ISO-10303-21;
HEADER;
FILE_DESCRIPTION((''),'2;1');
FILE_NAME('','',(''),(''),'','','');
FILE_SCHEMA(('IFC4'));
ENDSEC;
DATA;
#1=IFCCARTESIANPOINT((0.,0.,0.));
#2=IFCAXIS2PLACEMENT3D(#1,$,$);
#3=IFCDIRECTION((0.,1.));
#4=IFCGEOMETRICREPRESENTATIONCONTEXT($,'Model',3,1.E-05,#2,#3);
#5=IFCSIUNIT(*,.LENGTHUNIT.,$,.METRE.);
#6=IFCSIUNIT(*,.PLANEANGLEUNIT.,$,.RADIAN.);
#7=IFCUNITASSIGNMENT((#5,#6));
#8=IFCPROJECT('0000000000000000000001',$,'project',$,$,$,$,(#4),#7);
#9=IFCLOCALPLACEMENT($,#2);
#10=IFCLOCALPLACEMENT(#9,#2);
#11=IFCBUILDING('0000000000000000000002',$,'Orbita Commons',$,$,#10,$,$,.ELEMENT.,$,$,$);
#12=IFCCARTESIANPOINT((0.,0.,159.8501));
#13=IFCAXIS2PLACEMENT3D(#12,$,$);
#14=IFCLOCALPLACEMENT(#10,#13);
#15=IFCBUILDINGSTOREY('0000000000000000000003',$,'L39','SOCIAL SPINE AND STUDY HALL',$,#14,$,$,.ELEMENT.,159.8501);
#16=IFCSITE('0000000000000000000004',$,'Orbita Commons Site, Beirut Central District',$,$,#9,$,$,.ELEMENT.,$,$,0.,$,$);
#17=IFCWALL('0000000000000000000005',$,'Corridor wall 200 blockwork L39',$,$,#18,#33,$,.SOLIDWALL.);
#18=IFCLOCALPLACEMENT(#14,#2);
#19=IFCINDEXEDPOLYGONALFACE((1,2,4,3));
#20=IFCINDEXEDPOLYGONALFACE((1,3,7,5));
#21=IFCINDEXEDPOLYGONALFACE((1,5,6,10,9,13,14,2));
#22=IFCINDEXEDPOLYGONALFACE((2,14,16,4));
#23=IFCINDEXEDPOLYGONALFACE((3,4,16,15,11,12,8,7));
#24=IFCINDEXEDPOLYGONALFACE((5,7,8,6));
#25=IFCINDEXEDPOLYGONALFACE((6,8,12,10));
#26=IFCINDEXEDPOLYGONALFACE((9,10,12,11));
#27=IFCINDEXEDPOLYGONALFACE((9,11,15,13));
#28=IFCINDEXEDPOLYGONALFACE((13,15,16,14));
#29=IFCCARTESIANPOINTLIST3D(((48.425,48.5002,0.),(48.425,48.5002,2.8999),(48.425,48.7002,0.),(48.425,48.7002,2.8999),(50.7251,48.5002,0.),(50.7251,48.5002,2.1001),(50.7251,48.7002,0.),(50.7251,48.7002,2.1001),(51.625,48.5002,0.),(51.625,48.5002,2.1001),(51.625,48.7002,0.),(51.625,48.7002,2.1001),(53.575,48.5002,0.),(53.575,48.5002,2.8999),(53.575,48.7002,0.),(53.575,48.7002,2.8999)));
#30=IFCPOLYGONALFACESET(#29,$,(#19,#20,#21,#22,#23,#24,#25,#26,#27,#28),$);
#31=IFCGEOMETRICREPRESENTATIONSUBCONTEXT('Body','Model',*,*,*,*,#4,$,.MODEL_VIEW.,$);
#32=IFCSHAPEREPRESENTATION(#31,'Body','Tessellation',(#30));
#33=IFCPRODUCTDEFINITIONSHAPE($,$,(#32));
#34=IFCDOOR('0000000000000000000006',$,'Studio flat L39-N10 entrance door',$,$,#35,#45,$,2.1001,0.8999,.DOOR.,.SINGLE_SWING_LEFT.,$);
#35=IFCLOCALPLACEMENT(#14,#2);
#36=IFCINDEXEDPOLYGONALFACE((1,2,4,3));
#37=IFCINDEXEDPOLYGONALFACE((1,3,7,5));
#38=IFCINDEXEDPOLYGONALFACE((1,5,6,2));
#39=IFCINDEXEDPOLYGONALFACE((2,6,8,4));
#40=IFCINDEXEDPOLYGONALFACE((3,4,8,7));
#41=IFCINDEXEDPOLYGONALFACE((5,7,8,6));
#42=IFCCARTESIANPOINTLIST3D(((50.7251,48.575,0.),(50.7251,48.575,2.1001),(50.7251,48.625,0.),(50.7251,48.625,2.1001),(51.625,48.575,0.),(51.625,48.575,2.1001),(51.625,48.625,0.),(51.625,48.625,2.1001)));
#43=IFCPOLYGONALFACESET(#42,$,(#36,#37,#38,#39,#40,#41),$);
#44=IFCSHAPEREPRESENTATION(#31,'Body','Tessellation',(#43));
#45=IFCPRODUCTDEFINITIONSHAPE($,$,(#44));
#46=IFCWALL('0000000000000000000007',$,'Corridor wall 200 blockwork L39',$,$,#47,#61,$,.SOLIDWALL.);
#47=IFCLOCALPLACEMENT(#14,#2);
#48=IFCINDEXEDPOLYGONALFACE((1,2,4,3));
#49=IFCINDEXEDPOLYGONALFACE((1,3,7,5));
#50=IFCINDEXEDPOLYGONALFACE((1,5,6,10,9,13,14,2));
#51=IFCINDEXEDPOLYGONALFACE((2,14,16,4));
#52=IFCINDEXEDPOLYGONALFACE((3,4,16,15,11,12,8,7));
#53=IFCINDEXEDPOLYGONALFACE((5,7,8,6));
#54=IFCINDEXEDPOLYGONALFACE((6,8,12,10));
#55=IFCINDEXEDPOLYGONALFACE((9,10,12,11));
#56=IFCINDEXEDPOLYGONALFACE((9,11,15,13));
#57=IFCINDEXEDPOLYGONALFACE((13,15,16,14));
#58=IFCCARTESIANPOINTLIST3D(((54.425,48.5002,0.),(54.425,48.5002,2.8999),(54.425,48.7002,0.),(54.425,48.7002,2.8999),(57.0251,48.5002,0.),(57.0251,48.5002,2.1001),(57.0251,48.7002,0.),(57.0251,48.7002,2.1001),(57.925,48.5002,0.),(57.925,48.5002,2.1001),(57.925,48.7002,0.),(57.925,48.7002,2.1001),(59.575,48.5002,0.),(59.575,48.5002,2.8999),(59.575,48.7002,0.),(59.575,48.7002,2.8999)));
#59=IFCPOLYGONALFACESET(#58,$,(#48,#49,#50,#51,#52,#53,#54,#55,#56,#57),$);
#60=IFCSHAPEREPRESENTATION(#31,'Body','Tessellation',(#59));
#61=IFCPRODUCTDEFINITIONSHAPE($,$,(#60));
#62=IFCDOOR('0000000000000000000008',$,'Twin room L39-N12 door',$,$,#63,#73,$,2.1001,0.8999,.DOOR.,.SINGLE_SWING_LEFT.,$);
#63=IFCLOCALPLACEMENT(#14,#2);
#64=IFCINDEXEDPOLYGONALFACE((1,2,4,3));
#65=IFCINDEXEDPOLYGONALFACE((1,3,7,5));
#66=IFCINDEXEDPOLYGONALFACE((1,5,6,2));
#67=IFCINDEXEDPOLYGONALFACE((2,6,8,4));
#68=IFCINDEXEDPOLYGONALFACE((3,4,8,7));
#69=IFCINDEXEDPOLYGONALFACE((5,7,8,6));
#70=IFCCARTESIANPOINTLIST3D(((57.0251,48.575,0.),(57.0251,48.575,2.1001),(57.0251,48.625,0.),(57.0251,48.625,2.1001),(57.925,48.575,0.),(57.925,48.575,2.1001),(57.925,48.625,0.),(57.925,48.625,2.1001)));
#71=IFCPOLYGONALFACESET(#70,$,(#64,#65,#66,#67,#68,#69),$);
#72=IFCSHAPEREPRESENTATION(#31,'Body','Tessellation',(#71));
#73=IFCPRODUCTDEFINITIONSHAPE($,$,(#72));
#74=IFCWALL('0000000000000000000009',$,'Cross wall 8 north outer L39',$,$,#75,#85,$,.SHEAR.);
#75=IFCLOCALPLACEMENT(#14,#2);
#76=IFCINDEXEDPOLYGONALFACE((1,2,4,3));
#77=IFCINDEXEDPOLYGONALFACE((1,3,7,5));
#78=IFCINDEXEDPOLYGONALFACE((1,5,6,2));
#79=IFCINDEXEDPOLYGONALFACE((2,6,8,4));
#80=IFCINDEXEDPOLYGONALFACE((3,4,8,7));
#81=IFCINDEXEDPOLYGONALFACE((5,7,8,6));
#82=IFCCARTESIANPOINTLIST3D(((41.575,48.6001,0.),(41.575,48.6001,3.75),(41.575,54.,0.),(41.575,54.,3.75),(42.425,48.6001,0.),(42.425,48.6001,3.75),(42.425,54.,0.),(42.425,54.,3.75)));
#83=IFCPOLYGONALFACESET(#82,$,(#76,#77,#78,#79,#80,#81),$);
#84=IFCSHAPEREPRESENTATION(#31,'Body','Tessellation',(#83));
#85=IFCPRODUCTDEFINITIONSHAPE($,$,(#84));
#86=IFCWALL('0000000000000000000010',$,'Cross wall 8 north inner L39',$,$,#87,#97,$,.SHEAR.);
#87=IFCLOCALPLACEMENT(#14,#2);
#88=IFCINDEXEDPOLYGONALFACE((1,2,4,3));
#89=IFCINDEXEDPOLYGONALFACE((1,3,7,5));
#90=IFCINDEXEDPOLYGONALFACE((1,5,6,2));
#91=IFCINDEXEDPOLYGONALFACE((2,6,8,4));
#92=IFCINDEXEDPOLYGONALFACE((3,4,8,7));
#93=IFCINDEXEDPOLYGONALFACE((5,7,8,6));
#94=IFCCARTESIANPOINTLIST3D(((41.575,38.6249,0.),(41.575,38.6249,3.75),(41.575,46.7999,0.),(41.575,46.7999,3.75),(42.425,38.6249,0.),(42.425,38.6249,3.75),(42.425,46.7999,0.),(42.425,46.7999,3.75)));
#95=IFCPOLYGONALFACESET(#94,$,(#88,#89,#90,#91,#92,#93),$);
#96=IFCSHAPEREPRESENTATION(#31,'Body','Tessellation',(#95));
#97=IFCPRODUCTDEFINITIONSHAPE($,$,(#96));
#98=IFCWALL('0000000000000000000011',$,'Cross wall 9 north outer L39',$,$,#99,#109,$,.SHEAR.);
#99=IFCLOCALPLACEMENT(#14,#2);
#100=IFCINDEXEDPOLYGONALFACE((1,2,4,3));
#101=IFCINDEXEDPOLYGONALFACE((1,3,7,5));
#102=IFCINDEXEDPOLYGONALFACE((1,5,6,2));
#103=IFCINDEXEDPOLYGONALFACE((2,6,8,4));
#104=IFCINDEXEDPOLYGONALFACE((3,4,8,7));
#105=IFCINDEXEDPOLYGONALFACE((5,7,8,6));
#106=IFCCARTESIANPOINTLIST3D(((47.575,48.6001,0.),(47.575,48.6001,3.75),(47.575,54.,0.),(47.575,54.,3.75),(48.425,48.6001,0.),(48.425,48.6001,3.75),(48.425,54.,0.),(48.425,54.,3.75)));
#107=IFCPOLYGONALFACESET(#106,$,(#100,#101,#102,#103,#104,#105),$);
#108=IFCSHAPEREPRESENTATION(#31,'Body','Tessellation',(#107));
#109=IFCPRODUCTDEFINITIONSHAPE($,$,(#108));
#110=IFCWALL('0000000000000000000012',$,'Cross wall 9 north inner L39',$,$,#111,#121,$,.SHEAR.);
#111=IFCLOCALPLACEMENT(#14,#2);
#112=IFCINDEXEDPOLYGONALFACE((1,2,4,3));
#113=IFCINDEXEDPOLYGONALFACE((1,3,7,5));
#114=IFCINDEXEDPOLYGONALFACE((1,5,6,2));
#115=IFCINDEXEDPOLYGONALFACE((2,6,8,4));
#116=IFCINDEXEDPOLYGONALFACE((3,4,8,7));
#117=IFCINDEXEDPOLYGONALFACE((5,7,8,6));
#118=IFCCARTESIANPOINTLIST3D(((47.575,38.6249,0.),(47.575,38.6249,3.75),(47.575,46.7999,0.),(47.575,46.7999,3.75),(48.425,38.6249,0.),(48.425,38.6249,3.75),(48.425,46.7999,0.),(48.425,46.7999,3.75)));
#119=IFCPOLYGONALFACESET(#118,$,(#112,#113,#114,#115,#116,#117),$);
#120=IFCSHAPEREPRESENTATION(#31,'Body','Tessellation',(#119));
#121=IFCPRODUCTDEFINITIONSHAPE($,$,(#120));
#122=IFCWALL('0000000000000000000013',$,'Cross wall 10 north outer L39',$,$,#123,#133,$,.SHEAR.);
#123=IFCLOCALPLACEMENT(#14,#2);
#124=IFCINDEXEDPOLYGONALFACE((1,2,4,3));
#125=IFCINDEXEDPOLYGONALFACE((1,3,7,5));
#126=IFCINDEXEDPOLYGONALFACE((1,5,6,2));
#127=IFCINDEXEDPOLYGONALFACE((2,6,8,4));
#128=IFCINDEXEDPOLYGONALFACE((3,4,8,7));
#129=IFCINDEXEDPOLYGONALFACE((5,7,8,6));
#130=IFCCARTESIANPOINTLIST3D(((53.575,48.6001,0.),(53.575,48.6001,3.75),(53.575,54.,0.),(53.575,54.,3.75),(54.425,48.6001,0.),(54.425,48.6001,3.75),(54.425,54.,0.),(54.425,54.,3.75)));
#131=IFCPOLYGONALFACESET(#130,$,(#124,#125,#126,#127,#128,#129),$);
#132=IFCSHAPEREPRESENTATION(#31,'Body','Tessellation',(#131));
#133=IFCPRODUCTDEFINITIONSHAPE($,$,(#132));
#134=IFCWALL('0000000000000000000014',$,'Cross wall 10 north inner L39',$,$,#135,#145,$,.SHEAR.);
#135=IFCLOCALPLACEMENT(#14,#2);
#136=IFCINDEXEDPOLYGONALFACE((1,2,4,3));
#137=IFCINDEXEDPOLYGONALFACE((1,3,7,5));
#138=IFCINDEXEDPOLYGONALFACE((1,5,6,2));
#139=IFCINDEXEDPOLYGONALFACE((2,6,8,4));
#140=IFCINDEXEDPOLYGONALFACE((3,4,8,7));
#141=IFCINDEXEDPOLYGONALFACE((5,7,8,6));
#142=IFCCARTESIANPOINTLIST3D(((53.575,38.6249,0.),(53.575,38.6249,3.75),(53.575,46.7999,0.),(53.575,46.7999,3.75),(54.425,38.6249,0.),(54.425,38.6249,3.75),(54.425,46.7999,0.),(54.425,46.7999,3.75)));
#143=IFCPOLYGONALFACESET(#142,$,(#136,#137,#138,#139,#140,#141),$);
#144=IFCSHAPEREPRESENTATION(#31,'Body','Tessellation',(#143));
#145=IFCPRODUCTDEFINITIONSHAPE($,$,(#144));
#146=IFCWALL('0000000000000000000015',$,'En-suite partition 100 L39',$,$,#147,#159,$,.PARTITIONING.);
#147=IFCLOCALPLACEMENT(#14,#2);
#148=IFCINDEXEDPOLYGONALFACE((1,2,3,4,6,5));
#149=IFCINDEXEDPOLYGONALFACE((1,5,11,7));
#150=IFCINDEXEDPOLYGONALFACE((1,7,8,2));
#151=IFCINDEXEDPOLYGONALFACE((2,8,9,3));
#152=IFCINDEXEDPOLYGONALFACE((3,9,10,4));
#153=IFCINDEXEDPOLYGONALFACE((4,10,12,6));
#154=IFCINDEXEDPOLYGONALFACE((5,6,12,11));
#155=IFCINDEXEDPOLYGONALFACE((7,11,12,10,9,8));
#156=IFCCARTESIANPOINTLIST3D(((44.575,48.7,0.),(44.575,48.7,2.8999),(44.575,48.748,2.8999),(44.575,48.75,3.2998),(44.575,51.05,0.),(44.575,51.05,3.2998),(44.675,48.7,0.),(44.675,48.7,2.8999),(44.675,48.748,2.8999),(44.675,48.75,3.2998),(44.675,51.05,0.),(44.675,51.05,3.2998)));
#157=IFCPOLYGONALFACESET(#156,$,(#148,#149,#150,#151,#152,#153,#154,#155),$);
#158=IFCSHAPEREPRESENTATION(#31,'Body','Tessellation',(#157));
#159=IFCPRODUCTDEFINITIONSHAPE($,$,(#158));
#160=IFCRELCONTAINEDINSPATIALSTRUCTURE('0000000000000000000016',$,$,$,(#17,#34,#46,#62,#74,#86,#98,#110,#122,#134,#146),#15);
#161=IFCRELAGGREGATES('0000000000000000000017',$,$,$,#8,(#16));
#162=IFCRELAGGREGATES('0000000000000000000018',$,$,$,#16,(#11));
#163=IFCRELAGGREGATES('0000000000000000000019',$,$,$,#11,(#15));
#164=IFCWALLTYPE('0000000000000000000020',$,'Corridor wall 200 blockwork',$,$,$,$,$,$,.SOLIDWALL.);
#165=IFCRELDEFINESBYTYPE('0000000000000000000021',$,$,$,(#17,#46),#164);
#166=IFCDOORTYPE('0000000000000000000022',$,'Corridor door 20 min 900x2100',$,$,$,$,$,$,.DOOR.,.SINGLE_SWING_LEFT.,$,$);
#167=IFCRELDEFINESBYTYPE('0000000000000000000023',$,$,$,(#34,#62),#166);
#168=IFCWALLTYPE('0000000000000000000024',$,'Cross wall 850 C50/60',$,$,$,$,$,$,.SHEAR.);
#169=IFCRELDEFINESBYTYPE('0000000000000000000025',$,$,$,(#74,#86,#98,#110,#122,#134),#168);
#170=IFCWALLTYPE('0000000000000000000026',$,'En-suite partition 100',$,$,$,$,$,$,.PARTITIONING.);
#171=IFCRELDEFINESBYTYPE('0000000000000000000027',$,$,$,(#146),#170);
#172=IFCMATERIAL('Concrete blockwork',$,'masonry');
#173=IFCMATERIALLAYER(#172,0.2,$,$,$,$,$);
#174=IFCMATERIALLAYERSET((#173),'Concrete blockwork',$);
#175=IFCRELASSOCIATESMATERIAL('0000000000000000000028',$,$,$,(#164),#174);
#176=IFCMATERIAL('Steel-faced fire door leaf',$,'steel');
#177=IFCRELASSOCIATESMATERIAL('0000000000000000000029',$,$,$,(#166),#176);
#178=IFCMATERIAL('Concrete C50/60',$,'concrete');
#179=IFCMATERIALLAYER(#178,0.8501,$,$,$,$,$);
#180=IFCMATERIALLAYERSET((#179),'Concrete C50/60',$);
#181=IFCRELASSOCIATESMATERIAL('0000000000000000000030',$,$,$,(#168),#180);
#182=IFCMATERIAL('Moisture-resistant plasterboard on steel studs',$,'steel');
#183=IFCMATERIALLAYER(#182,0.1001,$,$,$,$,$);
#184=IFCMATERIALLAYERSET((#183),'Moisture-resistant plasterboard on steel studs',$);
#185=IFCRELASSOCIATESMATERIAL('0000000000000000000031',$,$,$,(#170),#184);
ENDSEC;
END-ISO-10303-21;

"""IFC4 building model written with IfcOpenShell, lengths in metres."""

from ifc_helpers import new_model, si_unit, direction, frame, frame_2d, origin, place, context, subcontext, project, spatial, polyline, rectangle, outline, extrude, material, layer, layer_set, type_object, element, fill, save


model = new_model("IFC4")

# Units and contexts
model_context = context("Model", 3, precision=1e-05, world=origin(), true_north=direction((0.0, 1.0)))
body_context = subcontext(model_context, "Body", "Model", "MODEL_VIEW")
ifc_project = project(units=[si_unit("LENGTHUNIT", "METRE"), si_unit("PLANEANGLEUNIT", "RADIAN")], contexts=[model_context])

# Site, building, storey
site_placement = place(None, origin())
site = spatial("IfcSite", under=ifc_project, at=site_placement, Name="Orbita Commons Site, Beirut Central District", CompositionType="ELEMENT", RefElevation=0.0)
building_placement = place(site_placement, origin())
building = spatial("IfcBuilding", under=site, at=building_placement, Name="Orbita Commons", CompositionType="ELEMENT")
storey_placement = place(building_placement, frame((0.0, 0.0, 159.8501)))
storey = spatial("IfcBuildingStorey", under=building, at=storey_placement, Name="L39", Description="SOCIAL SPINE AND STUDY HALL", CompositionType="ELEMENT", Elevation=159.8501)

# Walls, openings, doors
ifc_material_1 = material(Name="Concrete blockwork", Category="masonry")
ifc_layer_1 = layer(ifc_material_1, 0.2)
ifc_layer_set_1 = layer_set([ifc_layer_1], Name="Concrete blockwork")
wall_type_1 = type_object("IfcWallType", Name="Corridor wall 200 blockwork", PredefinedType="SOLIDWALL", material=ifc_layer_set_1)
ifc_material_2 = material(Name="Steel-faced fire door leaf", Category="steel")
door_type_1 = type_object("IfcDoorType", Name="Corridor door 20 min 900x2100", OperationType="SINGLE_SWING_LEFT", PredefinedType="DOOR", material=ifc_material_2)
wall_1_placement = place(storey_placement, frame((48.425, 48.6001, 0.0), z_axis=(0.0, 0.0, 1.0), x_axis=(1.0, 0.0, 0.0)))
wall_1 = element("IfcWall", 1, at=wall_1_placement, inside=storey, type_object=wall_type_1, Name="Corridor wall 200 blockwork L39", PredefinedType="SOLIDWALL", context=body_context, shape_type="SweptSolid", body=[
    extrude(outline(polyline([(0.0, 0.0), (5.1499, 0.0), (5.1499, 2.8999), (0.0, 2.8999), (0.0, 0.0)])), frame((0.0, 0.1001, 0.0), z_axis=(0.0, -1.0, 0.0), x_axis=(1.0, 0.0, 0.0)), (0.0, 0.0, 1.0), 0.2),
])
opening_1_placement = place(wall_1_placement, frame((2.3, 0.0, 0.0)))
opening_1 = element("IfcOpeningElement", 2, at=opening_1_placement, cuts=wall_1, PredefinedType="OPENING", context=body_context, shape_type="SweptSolid", body=[
    extrude(rectangle(XDim=0.8999, YDim=2.1001, at=frame_2d((0.45, 1.05))), frame((0.0, 0.1099, 0.0), z_axis=(0.0, -1.0, 0.0), x_axis=(1.0, 0.0, 0.0)), (0.0, 0.0, 1.0), 0.22),
])
door_1_placement = place(opening_1_placement, origin())
door_1 = element("IfcDoor", 3, at=door_1_placement, inside=storey, type_object=door_type_1, Name="Studio flat L39-N10 entrance door", OperationType="SINGLE_SWING_LEFT", OverallHeight=2.1001, OverallWidth=0.8999, PredefinedType="DOOR", context=body_context, shape_type="SweptSolid", body=[
    extrude(rectangle(XDim=0.8999, YDim=2.1001, at=frame_2d((0.45, 1.05))), frame((0.0, 0.0249, 0.0), z_axis=(0.0, -1.0, 0.0), x_axis=(1.0, 0.0, 0.0)), (0.0, 0.0, 1.0), 0.05),
])
fill(opening_1, door_1)
wall_2_placement = place(storey_placement, frame((54.425, 48.6001, 0.0), z_axis=(0.0, 0.0, 1.0), x_axis=(1.0, 0.0, 0.0)))
wall_2 = element("IfcWall", 4, at=wall_2_placement, inside=storey, type_object=wall_type_1, Name="Corridor wall 200 blockwork L39", PredefinedType="SOLIDWALL", context=body_context, shape_type="SweptSolid", body=[
    extrude(outline(polyline([(0.0, 0.0), (5.1499, 0.0), (5.1499, 2.8999), (0.0, 2.8999), (0.0, 0.0)])), frame((0.0, 0.1001, 0.0), z_axis=(0.0, -1.0, 0.0), x_axis=(1.0, 0.0, 0.0)), (0.0, 0.0, 1.0), 0.2),
])
opening_2_placement = place(wall_2_placement, frame((2.6001, 0.0, 0.0)))
opening_2 = element("IfcOpeningElement", 5, at=opening_2_placement, cuts=wall_2, PredefinedType="OPENING", context=body_context, shape_type="SweptSolid", body=[
    extrude(rectangle(XDim=0.8999, YDim=2.1001, at=frame_2d((0.45, 1.05))), frame((0.0, 0.1099, 0.0), z_axis=(0.0, -1.0, 0.0), x_axis=(1.0, 0.0, 0.0)), (0.0, 0.0, 1.0), 0.22),
])
door_2_placement = place(opening_2_placement, origin())
door_2 = element("IfcDoor", 6, at=door_2_placement, inside=storey, type_object=door_type_1, Name="Twin room L39-N12 door", OperationType="SINGLE_SWING_LEFT", OverallHeight=2.1001, OverallWidth=0.8999, PredefinedType="DOOR", context=body_context, shape_type="SweptSolid", body=[
    extrude(rectangle(XDim=0.8999, YDim=2.1001, at=frame_2d((0.45, 1.05))), frame((0.0, 0.0249, 0.0), z_axis=(0.0, -1.0, 0.0), x_axis=(1.0, 0.0, 0.0)), (0.0, 0.0, 1.0), 0.05),
])
fill(opening_2, door_2)

# Walls
ifc_material_3 = material(Name="Concrete C50/60", Category="concrete")
ifc_layer_2 = layer(ifc_material_3, 0.8501)
ifc_layer_set_2 = layer_set([ifc_layer_2], Name="Concrete C50/60")
wall_type_2 = type_object("IfcWallType", Name="Cross wall 850 C50/60", PredefinedType="SHEAR", material=ifc_layer_set_2)
wall_3_placement = place(storey_placement, frame((42.0, 48.6001, 0.0), z_axis=(0.0, 0.0, 1.0), x_axis=(0.0, 1.0, 0.0)))
element("IfcWall", 7, at=wall_3_placement, inside=storey, type_object=wall_type_2, Name="Cross wall 8 north outer L39", PredefinedType="SHEAR", context=body_context, shape_type="SweptSolid", body=[
    extrude(rectangle(XDim=5.3999, YDim=0.8501, at=frame_2d((2.7, 0.0))), origin(), (0.0, 0.0, 1.0), 3.75),
])
wall_4_placement = place(storey_placement, frame((42.0, 38.625, 0.0), z_axis=(0.0, 0.0, 1.0), x_axis=(0.0, 1.0, 0.0)))
element("IfcWall", 8, at=wall_4_placement, inside=storey, type_object=wall_type_2, Name="Cross wall 8 north inner L39", PredefinedType="SHEAR", context=body_context, shape_type="SweptSolid", body=[
    extrude(rectangle(XDim=8.175, YDim=0.8501, at=frame_2d((4.0874, 0.0))), origin(), (0.0, 0.0, 1.0), 3.75),
])
wall_5_placement = place(storey_placement, frame((48.0, 48.6001, 0.0), z_axis=(0.0, 0.0, 1.0), x_axis=(0.0, 1.0, 0.0)))
element("IfcWall", 9, at=wall_5_placement, inside=storey, type_object=wall_type_2, Name="Cross wall 9 north outer L39", PredefinedType="SHEAR", context=body_context, shape_type="SweptSolid", body=[
    extrude(rectangle(XDim=5.3999, YDim=0.8501, at=frame_2d((2.7, 0.0))), origin(), (0.0, 0.0, 1.0), 3.75),
])
wall_6_placement = place(storey_placement, frame((48.0, 38.625, 0.0), z_axis=(0.0, 0.0, 1.0), x_axis=(0.0, 1.0, 0.0)))
element("IfcWall", 10, at=wall_6_placement, inside=storey, type_object=wall_type_2, Name="Cross wall 9 north inner L39", PredefinedType="SHEAR", context=body_context, shape_type="SweptSolid", body=[
    extrude(rectangle(XDim=8.175, YDim=0.8501, at=frame_2d((4.0874, 0.0))), origin(), (0.0, 0.0, 1.0), 3.75),
])
wall_7_placement = place(storey_placement, frame((54.0, 48.6001, 0.0), z_axis=(0.0, 0.0, 1.0), x_axis=(0.0, 1.0, 0.0)))
element("IfcWall", 11, at=wall_7_placement, inside=storey, type_object=wall_type_2, Name="Cross wall 10 north outer L39", PredefinedType="SHEAR", context=body_context, shape_type="SweptSolid", body=[
    extrude(rectangle(XDim=5.3999, YDim=0.8501, at=frame_2d((2.7, 0.0))), origin(), (0.0, 0.0, 1.0), 3.75),
])
wall_8_placement = place(storey_placement, frame((54.0, 38.625, 0.0), z_axis=(0.0, 0.0, 1.0), x_axis=(0.0, 1.0, 0.0)))
element("IfcWall", 12, at=wall_8_placement, inside=storey, type_object=wall_type_2, Name="Cross wall 10 north inner L39", PredefinedType="SHEAR", context=body_context, shape_type="SweptSolid", body=[
    extrude(rectangle(XDim=8.175, YDim=0.8501, at=frame_2d((4.0874, 0.0))), origin(), (0.0, 0.0, 1.0), 3.75),
])
ifc_material_4 = material(Name="Moisture-resistant plasterboard on steel studs", Category="steel")
ifc_layer_3 = layer(ifc_material_4, 0.1001)
ifc_layer_set_3 = layer_set([ifc_layer_3], Name="Moisture-resistant plasterboard on steel studs")
wall_type_3 = type_object("IfcWallType", Name="En-suite partition 100", PredefinedType="PARTITIONING", material=ifc_layer_set_3)
wall_9_placement = place(storey_placement, frame((44.625, 51.05, 0.0), z_axis=(0.0, 0.0, 1.0), x_axis=(0.0, -1.0, 0.0)))
element("IfcWall", 13, at=wall_9_placement, inside=storey, type_object=wall_type_3, Name="En-suite partition 100 L39", PredefinedType="PARTITIONING", context=body_context, shape_type="SweptSolid", body=[
    extrude(outline(polyline([(0.0, 0.0), (2.3501, 0.0), (2.3501, 2.8999), (2.302, 2.8999), (2.3, 3.2998), (0.0, 3.2998), (0.0, 0.0)])), frame((0.0, 0.05, 0.0), z_axis=(0.0, -1.0, 0.0), x_axis=(1.0, 0.0, 0.0)), (0.0, 0.0, 1.0), 0.1001),
])

save(model, "model.ifc")
